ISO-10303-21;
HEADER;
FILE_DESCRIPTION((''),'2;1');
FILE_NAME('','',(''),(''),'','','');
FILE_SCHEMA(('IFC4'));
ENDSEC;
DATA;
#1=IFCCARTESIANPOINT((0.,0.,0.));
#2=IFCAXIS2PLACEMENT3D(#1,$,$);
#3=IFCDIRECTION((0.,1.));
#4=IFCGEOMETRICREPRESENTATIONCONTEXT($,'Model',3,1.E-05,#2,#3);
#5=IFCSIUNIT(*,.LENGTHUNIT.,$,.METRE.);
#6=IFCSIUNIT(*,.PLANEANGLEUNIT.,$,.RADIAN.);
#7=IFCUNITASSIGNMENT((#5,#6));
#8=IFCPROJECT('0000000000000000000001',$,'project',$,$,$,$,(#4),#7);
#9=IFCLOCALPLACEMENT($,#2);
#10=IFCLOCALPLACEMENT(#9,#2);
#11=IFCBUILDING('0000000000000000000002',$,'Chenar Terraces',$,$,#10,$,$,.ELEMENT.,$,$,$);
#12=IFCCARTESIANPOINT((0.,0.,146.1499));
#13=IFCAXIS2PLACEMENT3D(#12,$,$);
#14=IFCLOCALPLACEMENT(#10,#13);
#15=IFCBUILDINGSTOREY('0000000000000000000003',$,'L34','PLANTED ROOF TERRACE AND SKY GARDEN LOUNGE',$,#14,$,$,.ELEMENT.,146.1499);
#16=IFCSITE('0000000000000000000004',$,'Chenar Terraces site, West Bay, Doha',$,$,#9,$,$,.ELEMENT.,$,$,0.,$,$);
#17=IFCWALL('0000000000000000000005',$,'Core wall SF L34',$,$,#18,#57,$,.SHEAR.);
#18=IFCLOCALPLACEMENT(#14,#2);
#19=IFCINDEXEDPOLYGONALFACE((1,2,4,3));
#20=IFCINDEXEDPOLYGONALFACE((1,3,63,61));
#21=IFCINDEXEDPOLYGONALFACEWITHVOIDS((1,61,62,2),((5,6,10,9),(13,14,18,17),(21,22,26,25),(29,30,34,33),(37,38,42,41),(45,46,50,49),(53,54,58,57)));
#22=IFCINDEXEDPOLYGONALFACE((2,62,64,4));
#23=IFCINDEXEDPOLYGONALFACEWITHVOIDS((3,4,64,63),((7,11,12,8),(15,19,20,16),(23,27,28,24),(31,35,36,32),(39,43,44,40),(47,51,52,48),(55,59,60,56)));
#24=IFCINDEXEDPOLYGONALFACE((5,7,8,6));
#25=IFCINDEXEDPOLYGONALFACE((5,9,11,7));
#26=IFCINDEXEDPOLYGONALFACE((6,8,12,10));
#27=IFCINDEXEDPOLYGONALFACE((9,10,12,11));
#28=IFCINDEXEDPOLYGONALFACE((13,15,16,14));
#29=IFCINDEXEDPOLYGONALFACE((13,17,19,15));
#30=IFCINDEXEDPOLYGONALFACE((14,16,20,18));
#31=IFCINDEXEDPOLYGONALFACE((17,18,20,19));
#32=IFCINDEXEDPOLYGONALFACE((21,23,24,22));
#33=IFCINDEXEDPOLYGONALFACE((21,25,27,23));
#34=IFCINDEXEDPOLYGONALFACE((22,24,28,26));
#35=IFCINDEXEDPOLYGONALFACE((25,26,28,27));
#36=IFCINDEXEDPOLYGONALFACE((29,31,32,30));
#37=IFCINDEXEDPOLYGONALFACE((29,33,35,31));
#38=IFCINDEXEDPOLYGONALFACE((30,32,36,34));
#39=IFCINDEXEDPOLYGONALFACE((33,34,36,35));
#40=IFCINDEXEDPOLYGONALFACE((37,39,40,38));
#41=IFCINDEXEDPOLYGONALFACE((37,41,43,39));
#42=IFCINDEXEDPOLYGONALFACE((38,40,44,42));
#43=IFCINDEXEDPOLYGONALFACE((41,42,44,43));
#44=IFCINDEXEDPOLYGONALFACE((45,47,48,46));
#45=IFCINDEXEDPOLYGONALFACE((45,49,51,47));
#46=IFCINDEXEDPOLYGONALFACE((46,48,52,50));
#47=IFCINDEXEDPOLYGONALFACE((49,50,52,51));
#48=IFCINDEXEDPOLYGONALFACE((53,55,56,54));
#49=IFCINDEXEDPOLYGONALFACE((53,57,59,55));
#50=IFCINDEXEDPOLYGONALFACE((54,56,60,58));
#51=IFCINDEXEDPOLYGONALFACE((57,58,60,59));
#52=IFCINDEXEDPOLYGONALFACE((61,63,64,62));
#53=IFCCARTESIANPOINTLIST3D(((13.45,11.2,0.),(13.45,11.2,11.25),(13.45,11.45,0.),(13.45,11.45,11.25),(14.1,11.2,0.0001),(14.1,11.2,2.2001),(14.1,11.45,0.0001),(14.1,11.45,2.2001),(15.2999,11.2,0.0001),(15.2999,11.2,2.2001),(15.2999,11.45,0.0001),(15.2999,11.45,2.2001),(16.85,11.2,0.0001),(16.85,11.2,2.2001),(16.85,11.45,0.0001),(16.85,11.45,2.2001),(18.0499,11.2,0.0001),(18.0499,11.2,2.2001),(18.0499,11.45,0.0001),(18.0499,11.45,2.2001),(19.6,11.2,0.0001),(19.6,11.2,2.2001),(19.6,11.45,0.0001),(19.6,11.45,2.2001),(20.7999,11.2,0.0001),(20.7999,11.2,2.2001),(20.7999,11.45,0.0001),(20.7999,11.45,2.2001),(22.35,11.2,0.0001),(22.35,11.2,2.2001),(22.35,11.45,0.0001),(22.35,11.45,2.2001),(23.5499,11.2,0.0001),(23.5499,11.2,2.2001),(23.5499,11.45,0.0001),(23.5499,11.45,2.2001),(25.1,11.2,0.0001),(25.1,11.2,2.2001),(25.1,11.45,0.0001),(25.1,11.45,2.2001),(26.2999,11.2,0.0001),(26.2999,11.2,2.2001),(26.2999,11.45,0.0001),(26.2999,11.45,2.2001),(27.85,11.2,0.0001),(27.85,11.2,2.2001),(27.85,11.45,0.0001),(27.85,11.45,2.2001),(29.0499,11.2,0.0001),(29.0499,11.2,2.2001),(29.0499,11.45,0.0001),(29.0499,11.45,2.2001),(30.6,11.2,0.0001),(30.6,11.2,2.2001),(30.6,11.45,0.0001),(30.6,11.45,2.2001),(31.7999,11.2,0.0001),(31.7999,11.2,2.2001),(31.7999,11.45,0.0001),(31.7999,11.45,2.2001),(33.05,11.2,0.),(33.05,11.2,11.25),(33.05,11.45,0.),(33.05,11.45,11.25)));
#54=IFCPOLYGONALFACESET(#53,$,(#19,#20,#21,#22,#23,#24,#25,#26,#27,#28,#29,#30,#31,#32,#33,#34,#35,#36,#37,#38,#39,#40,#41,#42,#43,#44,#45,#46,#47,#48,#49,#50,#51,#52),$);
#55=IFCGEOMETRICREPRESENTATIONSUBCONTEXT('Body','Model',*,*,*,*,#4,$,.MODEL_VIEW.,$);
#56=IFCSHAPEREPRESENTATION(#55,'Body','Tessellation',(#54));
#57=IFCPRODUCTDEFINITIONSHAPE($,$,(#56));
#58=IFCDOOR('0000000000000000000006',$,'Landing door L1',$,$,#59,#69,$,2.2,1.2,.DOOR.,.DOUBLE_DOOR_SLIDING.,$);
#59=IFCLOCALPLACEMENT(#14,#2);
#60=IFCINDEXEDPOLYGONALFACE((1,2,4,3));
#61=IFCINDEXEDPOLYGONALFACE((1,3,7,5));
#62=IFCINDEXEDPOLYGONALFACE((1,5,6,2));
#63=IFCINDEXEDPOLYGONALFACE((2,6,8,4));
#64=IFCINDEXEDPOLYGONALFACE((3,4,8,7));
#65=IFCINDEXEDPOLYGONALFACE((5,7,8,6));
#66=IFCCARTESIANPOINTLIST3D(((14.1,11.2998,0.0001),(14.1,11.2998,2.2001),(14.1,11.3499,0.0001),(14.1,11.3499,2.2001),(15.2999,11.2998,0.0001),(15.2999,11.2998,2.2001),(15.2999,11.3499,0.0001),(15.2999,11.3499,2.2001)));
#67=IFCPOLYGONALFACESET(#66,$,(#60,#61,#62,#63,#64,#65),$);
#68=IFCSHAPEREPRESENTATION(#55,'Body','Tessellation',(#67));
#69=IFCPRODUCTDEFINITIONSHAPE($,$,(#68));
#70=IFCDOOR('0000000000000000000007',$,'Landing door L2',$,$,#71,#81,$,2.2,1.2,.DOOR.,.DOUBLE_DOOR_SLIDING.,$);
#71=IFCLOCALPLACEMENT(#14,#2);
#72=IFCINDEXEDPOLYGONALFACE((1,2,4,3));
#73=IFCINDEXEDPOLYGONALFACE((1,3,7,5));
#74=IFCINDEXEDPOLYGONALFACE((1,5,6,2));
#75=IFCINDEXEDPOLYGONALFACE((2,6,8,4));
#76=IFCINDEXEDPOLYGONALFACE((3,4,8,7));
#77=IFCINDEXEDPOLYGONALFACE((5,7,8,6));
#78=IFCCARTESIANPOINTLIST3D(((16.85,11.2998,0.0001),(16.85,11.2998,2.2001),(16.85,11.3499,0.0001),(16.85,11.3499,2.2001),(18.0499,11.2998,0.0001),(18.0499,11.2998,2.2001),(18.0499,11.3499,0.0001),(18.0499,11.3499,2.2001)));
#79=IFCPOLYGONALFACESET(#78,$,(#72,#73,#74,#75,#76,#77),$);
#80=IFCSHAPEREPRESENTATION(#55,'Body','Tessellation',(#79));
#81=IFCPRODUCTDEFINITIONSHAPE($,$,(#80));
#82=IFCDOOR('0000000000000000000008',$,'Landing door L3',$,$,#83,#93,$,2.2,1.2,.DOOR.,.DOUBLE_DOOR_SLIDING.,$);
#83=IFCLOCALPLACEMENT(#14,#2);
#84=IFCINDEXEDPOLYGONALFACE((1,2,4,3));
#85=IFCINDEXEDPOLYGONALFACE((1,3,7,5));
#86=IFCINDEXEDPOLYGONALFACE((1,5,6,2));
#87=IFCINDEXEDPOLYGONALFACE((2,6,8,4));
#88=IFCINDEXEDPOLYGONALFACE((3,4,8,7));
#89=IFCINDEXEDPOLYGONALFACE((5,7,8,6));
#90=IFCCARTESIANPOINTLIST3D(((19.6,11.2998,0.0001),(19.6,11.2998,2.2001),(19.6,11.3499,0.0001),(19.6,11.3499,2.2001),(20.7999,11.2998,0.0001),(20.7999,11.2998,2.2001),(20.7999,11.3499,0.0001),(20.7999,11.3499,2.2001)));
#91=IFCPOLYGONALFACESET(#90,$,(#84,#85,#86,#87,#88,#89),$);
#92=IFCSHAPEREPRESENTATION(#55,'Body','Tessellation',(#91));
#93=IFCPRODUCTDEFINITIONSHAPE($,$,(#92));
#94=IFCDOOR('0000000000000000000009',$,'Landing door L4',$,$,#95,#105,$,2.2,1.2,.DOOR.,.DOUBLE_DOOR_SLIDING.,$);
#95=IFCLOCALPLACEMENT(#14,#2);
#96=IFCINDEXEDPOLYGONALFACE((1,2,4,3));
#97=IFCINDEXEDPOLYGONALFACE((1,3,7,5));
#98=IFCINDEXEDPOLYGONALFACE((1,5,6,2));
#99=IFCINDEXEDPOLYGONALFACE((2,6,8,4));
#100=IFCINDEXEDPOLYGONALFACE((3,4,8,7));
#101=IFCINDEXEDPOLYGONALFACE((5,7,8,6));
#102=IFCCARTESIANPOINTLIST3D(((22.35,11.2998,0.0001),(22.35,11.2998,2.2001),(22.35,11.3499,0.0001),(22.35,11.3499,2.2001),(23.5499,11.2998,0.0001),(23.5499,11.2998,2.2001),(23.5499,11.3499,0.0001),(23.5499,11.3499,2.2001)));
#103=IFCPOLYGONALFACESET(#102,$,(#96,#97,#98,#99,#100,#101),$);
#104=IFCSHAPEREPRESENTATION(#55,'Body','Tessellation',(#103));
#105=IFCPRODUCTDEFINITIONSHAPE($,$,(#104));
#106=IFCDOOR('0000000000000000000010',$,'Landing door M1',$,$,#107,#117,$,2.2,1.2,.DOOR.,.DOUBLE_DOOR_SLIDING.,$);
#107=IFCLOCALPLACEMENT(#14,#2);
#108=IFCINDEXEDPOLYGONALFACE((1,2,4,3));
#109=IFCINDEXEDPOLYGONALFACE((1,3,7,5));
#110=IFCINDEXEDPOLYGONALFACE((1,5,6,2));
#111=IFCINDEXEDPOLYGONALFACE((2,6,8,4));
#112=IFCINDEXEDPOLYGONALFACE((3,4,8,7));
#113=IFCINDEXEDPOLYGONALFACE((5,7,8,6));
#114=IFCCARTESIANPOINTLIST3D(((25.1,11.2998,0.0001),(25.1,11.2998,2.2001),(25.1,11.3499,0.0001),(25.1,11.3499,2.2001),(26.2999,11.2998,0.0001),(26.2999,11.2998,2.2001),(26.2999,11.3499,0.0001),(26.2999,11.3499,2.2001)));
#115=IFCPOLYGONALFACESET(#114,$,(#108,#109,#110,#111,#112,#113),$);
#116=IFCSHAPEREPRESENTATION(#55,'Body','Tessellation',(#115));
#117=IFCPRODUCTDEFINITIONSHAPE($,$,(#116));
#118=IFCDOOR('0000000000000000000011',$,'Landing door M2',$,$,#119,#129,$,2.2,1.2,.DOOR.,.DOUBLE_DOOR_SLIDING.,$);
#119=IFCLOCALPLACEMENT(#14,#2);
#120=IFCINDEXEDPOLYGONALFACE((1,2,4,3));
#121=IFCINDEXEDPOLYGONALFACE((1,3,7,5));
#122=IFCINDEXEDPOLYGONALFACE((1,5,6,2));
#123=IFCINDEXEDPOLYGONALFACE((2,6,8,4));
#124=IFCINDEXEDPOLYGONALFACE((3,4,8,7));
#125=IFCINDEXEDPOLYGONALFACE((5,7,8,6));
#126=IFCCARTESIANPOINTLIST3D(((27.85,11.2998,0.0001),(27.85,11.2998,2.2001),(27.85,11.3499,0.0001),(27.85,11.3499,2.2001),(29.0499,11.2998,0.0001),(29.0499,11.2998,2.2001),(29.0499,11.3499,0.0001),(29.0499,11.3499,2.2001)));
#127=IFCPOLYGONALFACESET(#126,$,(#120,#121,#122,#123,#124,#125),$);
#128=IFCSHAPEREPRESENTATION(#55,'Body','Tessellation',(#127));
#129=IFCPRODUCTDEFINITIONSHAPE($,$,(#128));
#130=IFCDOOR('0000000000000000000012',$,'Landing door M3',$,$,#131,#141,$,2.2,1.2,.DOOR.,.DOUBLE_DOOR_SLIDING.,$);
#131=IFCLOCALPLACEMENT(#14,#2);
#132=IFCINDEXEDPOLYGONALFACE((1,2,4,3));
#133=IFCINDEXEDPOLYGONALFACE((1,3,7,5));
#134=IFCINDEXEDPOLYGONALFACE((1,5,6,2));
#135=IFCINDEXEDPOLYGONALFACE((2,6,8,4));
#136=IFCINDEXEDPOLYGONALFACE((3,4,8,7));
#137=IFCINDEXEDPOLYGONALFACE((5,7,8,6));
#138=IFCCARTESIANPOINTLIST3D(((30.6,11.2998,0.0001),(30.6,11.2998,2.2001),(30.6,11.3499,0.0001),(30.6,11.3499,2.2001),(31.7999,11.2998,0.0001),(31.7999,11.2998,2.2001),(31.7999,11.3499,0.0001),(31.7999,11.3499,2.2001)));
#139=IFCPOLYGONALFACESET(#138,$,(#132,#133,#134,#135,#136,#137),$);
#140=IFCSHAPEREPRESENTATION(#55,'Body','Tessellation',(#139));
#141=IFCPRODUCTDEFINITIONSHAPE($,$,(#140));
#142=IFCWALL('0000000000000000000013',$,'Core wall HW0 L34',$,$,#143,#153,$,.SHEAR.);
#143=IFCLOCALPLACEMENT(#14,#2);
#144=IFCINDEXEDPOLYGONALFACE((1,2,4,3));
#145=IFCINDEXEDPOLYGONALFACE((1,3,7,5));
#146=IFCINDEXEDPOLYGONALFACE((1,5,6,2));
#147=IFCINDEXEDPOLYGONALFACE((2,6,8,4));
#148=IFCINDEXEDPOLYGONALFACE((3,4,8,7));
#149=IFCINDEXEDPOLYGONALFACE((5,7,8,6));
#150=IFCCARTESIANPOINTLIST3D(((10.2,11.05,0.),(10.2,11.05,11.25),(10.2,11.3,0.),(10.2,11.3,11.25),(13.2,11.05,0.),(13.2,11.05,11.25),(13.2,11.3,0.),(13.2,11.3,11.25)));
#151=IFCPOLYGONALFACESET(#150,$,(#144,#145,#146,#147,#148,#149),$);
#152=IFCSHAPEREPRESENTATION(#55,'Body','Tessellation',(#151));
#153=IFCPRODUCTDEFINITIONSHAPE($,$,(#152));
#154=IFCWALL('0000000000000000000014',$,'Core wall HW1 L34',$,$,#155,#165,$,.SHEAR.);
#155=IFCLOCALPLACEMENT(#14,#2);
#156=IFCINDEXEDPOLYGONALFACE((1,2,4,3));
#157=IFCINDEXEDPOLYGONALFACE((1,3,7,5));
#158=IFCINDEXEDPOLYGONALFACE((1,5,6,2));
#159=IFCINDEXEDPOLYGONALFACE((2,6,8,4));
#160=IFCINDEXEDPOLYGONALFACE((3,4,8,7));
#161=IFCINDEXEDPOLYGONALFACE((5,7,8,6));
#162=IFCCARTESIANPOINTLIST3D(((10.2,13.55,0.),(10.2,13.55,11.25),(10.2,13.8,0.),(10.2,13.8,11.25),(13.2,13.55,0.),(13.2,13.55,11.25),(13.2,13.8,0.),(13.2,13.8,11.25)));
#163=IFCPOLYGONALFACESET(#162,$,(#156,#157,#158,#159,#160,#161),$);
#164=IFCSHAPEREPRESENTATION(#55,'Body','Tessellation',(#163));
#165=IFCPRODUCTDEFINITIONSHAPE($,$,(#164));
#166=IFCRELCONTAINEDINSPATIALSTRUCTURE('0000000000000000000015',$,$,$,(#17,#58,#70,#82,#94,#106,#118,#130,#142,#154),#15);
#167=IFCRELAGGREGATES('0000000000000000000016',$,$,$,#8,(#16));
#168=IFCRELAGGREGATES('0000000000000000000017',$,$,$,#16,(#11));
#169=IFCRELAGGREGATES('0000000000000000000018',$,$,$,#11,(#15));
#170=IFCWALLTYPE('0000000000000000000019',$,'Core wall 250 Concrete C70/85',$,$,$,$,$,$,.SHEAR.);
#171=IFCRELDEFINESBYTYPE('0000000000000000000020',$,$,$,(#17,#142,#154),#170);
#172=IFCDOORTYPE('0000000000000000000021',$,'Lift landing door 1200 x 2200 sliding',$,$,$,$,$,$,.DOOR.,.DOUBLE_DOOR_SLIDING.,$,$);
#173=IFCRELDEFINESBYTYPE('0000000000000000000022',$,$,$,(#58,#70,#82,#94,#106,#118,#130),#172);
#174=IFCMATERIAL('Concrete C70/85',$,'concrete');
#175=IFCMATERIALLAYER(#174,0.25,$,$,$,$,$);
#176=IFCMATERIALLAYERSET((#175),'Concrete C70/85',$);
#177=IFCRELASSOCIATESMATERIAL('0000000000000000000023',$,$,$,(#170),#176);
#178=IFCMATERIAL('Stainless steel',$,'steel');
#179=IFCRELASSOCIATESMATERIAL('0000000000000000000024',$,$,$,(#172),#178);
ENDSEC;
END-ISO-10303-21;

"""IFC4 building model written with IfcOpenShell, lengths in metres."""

from ifc_helpers import new_model, si_unit, direction, frame, frame_2d, origin, place, context, subcontext, project, spatial, rectangle, extrude, material, layer, layer_set, type_object, element, fill, save


model = new_model("IFC4")

# Units and contexts
model_context = context("Model", 3, precision=1e-05, world=origin(), true_north=direction((0.0, 1.0)))
body_context = subcontext(model_context, "Body", "Model", "MODEL_VIEW")
ifc_project = project(units=[si_unit("LENGTHUNIT", "METRE"), si_unit("PLANEANGLEUNIT", "RADIAN")], contexts=[model_context])

# Site, building, storey
site_placement = place(None, origin())
site = spatial("IfcSite", under=ifc_project, at=site_placement, Name="Chenar Terraces site, West Bay, Doha", CompositionType="ELEMENT", RefElevation=0.0)
building_placement = place(site_placement, origin())
building = spatial("IfcBuilding", under=site, at=building_placement, Name="Chenar Terraces", CompositionType="ELEMENT")
storey_placement = place(building_placement, frame((0.0, 0.0, 146.1499)))
storey = spatial("IfcBuildingStorey", under=building, at=storey_placement, Name="L34", Description="PLANTED ROOF TERRACE AND SKY GARDEN LOUNGE", CompositionType="ELEMENT", Elevation=146.1499)

# Wall, openings, doors
ifc_material_1 = material(Name="Concrete C70/85", Category="concrete")
ifc_layer = layer(ifc_material_1, 0.25)
ifc_layer_set = layer_set([ifc_layer], Name="Concrete C70/85")
wall_type = type_object("IfcWallType", Name="Core wall 250 Concrete C70/85", PredefinedType="SHEAR", material=ifc_layer_set)
wall_1_placement = place(storey_placement, frame((13.45, 11.325, 0.0), z_axis=(0.0, 0.0, 1.0), x_axis=(1.0, 0.0, 0.0)))
wall_1 = element("IfcWall", 1, at=wall_1_placement, inside=storey, type_object=wall_type, Name="Core wall SF L34", PredefinedType="SHEAR", context=body_context, shape_type="SweptSolid", body=[
    extrude(rectangle(XDim=19.6001, YDim=0.25, at=frame_2d((9.8, 0.0))), origin(), (0.0, 0.0, 1.0), 11.25),
])
opening_1_placement = place(wall_1_placement, frame((0.6499, 0.0, 0.0)))
opening_1 = element("IfcOpeningElement", 2, at=opening_1_placement, cuts=wall_1, PredefinedType="OPENING", context=body_context, shape_type="SweptSolid", body=[
    extrude(rectangle(XDim=1.2, YDim=2.2, at=frame_2d((0.6001, 1.1001))), frame((0.0, 0.135, 0.0), z_axis=(0.0, -1.0, 0.0), x_axis=(1.0, 0.0, 0.0)), (0.0, 0.0, 1.0), 0.27),
])
opening_2_placement = place(wall_1_placement, frame((3.3999, 0.0, 0.0)))
opening_2 = element("IfcOpeningElement", 3, at=opening_2_placement, cuts=wall_1, PredefinedType="OPENING", context=body_context, shape_type="SweptSolid", body=[
    extrude(rectangle(XDim=1.2, YDim=2.2, at=frame_2d((0.6001, 1.1001))), frame((0.0, 0.135, 0.0), z_axis=(0.0, -1.0, 0.0), x_axis=(1.0, 0.0, 0.0)), (0.0, 0.0, 1.0), 0.27),
])
opening_3_placement = place(wall_1_placement, frame((6.1499, 0.0, 0.0)))
opening_3 = element("IfcOpeningElement", 4, at=opening_3_placement, cuts=wall_1, PredefinedType="OPENING", context=body_context, shape_type="SweptSolid", body=[
    extrude(rectangle(XDim=1.2, YDim=2.2, at=frame_2d((0.6001, 1.1001))), frame((0.0, 0.135, 0.0), z_axis=(0.0, -1.0, 0.0), x_axis=(1.0, 0.0, 0.0)), (0.0, 0.0, 1.0), 0.27),
])
opening_4_placement = place(wall_1_placement, frame((8.8999, 0.0, 0.0)))
opening_4 = element("IfcOpeningElement", 5, at=opening_4_placement, cuts=wall_1, PredefinedType="OPENING", context=body_context, shape_type="SweptSolid", body=[
    extrude(rectangle(XDim=1.2, YDim=2.2, at=frame_2d((0.6001, 1.1001))), frame((0.0, 0.135, 0.0), z_axis=(0.0, -1.0, 0.0), x_axis=(1.0, 0.0, 0.0)), (0.0, 0.0, 1.0), 0.27),
])
opening_5_placement = place(wall_1_placement, frame((11.6499, 0.0, 0.0)))
opening_5 = element("IfcOpeningElement", 6, at=opening_5_placement, cuts=wall_1, PredefinedType="OPENING", context=body_context, shape_type="SweptSolid", body=[
    extrude(rectangle(XDim=1.2, YDim=2.2, at=frame_2d((0.6001, 1.1001))), frame((0.0, 0.135, 0.0), z_axis=(0.0, -1.0, 0.0), x_axis=(1.0, 0.0, 0.0)), (0.0, 0.0, 1.0), 0.27),
])
opening_6_placement = place(wall_1_placement, frame((14.3999, 0.0, 0.0)))
opening_6 = element("IfcOpeningElement", 7, at=opening_6_placement, cuts=wall_1, PredefinedType="OPENING", context=body_context, shape_type="SweptSolid", body=[
    extrude(rectangle(XDim=1.2, YDim=2.2, at=frame_2d((0.6001, 1.1001))), frame((0.0, 0.135, 0.0), z_axis=(0.0, -1.0, 0.0), x_axis=(1.0, 0.0, 0.0)), (0.0, 0.0, 1.0), 0.27),
])
opening_7_placement = place(wall_1_placement, frame((17.1499, 0.0, 0.0)))
opening_7 = element("IfcOpeningElement", 8, at=opening_7_placement, cuts=wall_1, PredefinedType="OPENING", context=body_context, shape_type="SweptSolid", body=[
    extrude(rectangle(XDim=1.2, YDim=2.2, at=frame_2d((0.6001, 1.1001))), frame((0.0, 0.135, 0.0), z_axis=(0.0, -1.0, 0.0), x_axis=(1.0, 0.0, 0.0)), (0.0, 0.0, 1.0), 0.27),
])
ifc_material_2 = material(Name="Stainless steel", Category="steel")
door_type_1 = type_object("IfcDoorType", Name="Lift landing door 1200 x 2200 sliding", OperationType="DOUBLE_DOOR_SLIDING", PredefinedType="DOOR", material=ifc_material_2)
door_1_placement = place(opening_1_placement, origin())
door_1 = element("IfcDoor", 9, at=door_1_placement, inside=storey, type_object=door_type_1, Name="Landing door L1", OperationType="DOUBLE_DOOR_SLIDING", OverallHeight=2.2, OverallWidth=1.2, PredefinedType="DOOR", context=body_context, shape_type="SweptSolid", body=[
    extrude(rectangle(XDim=1.2, YDim=2.2, at=frame_2d((0.6001, 1.1001))), frame((0.0, 0.0249, 0.0), z_axis=(0.0, -1.0, 0.0), x_axis=(1.0, 0.0, 0.0)), (0.0, 0.0, 1.0), 0.05),
])
fill(opening_1, door_1)
door_2_placement = place(opening_2_placement, origin())
door_2 = element("IfcDoor", 10, at=door_2_placement, inside=storey, type_object=door_type_1, Name="Landing door L2", OperationType="DOUBLE_DOOR_SLIDING", OverallHeight=2.2, OverallWidth=1.2, PredefinedType="DOOR", context=body_context, shape_type="SweptSolid", body=[
    extrude(rectangle(XDim=1.2, YDim=2.2, at=frame_2d((0.6001, 1.1001))), frame((0.0, 0.0249, 0.0), z_axis=(0.0, -1.0, 0.0), x_axis=(1.0, 0.0, 0.0)), (0.0, 0.0, 1.0), 0.05),
])
fill(opening_2, door_2)
door_3_placement = place(opening_3_placement, origin())
door_3 = element("IfcDoor", 11, at=door_3_placement, inside=storey, type_object=door_type_1, Name="Landing door L3", OperationType="DOUBLE_DOOR_SLIDING", OverallHeight=2.2, OverallWidth=1.2, PredefinedType="DOOR", context=body_context, shape_type="SweptSolid", body=[
    extrude(rectangle(XDim=1.2, YDim=2.2, at=frame_2d((0.6001, 1.1001))), frame((0.0, 0.0249, 0.0), z_axis=(0.0, -1.0, 0.0), x_axis=(1.0, 0.0, 0.0)), (0.0, 0.0, 1.0), 0.05),
])
fill(opening_3, door_3)
door_4_placement = place(opening_4_placement, origin())
door_4 = element("IfcDoor", 12, at=door_4_placement, inside=storey, type_object=door_type_1, Name="Landing door L4", OperationType="DOUBLE_DOOR_SLIDING", OverallHeight=2.2, OverallWidth=1.2, PredefinedType="DOOR", context=body_context, shape_type="SweptSolid", body=[
    extrude(rectangle(XDim=1.2, YDim=2.2, at=frame_2d((0.6001, 1.1001))), frame((0.0, 0.0249, 0.0), z_axis=(0.0, -1.0, 0.0), x_axis=(1.0, 0.0, 0.0)), (0.0, 0.0, 1.0), 0.05),
])
fill(opening_4, door_4)
door_5_placement = place(opening_5_placement, origin())
door_5 = element("IfcDoor", 13, at=door_5_placement, inside=storey, type_object=door_type_1, Name="Landing door M1", OperationType="DOUBLE_DOOR_SLIDING", OverallHeight=2.2, OverallWidth=1.2, PredefinedType="DOOR", context=body_context, shape_type="SweptSolid", body=[
    extrude(rectangle(XDim=1.2, YDim=2.2, at=frame_2d((0.6001, 1.1001))), frame((0.0, 0.0249, 0.0), z_axis=(0.0, -1.0, 0.0), x_axis=(1.0, 0.0, 0.0)), (0.0, 0.0, 1.0), 0.05),
])
fill(opening_5, door_5)
door_6_placement = place(opening_6_placement, origin())
door_6 = element("IfcDoor", 14, at=door_6_placement, inside=storey, type_object=door_type_1, Name="Landing door M2", OperationType="DOUBLE_DOOR_SLIDING", OverallHeight=2.2, OverallWidth=1.2, PredefinedType="DOOR", context=body_context, shape_type="SweptSolid", body=[
    extrude(rectangle(XDim=1.2, YDim=2.2, at=frame_2d((0.6001, 1.1001))), frame((0.0, 0.0249, 0.0), z_axis=(0.0, -1.0, 0.0), x_axis=(1.0, 0.0, 0.0)), (0.0, 0.0, 1.0), 0.05),
])
fill(opening_6, door_6)
door_7_placement = place(opening_7_placement, origin())
door_7 = element("IfcDoor", 15, at=door_7_placement, inside=storey, type_object=door_type_1, Name="Landing door M3", OperationType="DOUBLE_DOOR_SLIDING", OverallHeight=2.2, OverallWidth=1.2, PredefinedType="DOOR", context=body_context, shape_type="SweptSolid", body=[
    extrude(rectangle(XDim=1.2, YDim=2.2, at=frame_2d((0.6001, 1.1001))), frame((0.0, 0.0249, 0.0), z_axis=(0.0, -1.0, 0.0), x_axis=(1.0, 0.0, 0.0)), (0.0, 0.0, 1.0), 0.05),
])
fill(opening_7, door_7)

# Walls
for number, where, z_axis, x_axis, name in (
    (16, (10.2, 11.175, 0.0), (0.0, 0.0, 1.0), (1.0, 0.0, 0.0), "Core wall HW0 L34"),
    (17, (10.2, 13.675, 0.0), (0.0, 0.0, 1.0), (1.0, 0.0, 0.0), "Core wall HW1 L34"),
):
    element("IfcWall", number, at=place(storey_placement, frame(where, z_axis=z_axis, x_axis=x_axis)), inside=storey, type_object=wall_type, Name=name, PredefinedType="SHEAR", context=body_context, shape_type="SweptSolid", body=[
        extrude(rectangle(XDim=3.0, YDim=0.25, at=frame_2d((1.5, 0.0))), origin(), (0.0, 0.0, 1.0), 11.25),
    ])

save(model, "model.ifc")
